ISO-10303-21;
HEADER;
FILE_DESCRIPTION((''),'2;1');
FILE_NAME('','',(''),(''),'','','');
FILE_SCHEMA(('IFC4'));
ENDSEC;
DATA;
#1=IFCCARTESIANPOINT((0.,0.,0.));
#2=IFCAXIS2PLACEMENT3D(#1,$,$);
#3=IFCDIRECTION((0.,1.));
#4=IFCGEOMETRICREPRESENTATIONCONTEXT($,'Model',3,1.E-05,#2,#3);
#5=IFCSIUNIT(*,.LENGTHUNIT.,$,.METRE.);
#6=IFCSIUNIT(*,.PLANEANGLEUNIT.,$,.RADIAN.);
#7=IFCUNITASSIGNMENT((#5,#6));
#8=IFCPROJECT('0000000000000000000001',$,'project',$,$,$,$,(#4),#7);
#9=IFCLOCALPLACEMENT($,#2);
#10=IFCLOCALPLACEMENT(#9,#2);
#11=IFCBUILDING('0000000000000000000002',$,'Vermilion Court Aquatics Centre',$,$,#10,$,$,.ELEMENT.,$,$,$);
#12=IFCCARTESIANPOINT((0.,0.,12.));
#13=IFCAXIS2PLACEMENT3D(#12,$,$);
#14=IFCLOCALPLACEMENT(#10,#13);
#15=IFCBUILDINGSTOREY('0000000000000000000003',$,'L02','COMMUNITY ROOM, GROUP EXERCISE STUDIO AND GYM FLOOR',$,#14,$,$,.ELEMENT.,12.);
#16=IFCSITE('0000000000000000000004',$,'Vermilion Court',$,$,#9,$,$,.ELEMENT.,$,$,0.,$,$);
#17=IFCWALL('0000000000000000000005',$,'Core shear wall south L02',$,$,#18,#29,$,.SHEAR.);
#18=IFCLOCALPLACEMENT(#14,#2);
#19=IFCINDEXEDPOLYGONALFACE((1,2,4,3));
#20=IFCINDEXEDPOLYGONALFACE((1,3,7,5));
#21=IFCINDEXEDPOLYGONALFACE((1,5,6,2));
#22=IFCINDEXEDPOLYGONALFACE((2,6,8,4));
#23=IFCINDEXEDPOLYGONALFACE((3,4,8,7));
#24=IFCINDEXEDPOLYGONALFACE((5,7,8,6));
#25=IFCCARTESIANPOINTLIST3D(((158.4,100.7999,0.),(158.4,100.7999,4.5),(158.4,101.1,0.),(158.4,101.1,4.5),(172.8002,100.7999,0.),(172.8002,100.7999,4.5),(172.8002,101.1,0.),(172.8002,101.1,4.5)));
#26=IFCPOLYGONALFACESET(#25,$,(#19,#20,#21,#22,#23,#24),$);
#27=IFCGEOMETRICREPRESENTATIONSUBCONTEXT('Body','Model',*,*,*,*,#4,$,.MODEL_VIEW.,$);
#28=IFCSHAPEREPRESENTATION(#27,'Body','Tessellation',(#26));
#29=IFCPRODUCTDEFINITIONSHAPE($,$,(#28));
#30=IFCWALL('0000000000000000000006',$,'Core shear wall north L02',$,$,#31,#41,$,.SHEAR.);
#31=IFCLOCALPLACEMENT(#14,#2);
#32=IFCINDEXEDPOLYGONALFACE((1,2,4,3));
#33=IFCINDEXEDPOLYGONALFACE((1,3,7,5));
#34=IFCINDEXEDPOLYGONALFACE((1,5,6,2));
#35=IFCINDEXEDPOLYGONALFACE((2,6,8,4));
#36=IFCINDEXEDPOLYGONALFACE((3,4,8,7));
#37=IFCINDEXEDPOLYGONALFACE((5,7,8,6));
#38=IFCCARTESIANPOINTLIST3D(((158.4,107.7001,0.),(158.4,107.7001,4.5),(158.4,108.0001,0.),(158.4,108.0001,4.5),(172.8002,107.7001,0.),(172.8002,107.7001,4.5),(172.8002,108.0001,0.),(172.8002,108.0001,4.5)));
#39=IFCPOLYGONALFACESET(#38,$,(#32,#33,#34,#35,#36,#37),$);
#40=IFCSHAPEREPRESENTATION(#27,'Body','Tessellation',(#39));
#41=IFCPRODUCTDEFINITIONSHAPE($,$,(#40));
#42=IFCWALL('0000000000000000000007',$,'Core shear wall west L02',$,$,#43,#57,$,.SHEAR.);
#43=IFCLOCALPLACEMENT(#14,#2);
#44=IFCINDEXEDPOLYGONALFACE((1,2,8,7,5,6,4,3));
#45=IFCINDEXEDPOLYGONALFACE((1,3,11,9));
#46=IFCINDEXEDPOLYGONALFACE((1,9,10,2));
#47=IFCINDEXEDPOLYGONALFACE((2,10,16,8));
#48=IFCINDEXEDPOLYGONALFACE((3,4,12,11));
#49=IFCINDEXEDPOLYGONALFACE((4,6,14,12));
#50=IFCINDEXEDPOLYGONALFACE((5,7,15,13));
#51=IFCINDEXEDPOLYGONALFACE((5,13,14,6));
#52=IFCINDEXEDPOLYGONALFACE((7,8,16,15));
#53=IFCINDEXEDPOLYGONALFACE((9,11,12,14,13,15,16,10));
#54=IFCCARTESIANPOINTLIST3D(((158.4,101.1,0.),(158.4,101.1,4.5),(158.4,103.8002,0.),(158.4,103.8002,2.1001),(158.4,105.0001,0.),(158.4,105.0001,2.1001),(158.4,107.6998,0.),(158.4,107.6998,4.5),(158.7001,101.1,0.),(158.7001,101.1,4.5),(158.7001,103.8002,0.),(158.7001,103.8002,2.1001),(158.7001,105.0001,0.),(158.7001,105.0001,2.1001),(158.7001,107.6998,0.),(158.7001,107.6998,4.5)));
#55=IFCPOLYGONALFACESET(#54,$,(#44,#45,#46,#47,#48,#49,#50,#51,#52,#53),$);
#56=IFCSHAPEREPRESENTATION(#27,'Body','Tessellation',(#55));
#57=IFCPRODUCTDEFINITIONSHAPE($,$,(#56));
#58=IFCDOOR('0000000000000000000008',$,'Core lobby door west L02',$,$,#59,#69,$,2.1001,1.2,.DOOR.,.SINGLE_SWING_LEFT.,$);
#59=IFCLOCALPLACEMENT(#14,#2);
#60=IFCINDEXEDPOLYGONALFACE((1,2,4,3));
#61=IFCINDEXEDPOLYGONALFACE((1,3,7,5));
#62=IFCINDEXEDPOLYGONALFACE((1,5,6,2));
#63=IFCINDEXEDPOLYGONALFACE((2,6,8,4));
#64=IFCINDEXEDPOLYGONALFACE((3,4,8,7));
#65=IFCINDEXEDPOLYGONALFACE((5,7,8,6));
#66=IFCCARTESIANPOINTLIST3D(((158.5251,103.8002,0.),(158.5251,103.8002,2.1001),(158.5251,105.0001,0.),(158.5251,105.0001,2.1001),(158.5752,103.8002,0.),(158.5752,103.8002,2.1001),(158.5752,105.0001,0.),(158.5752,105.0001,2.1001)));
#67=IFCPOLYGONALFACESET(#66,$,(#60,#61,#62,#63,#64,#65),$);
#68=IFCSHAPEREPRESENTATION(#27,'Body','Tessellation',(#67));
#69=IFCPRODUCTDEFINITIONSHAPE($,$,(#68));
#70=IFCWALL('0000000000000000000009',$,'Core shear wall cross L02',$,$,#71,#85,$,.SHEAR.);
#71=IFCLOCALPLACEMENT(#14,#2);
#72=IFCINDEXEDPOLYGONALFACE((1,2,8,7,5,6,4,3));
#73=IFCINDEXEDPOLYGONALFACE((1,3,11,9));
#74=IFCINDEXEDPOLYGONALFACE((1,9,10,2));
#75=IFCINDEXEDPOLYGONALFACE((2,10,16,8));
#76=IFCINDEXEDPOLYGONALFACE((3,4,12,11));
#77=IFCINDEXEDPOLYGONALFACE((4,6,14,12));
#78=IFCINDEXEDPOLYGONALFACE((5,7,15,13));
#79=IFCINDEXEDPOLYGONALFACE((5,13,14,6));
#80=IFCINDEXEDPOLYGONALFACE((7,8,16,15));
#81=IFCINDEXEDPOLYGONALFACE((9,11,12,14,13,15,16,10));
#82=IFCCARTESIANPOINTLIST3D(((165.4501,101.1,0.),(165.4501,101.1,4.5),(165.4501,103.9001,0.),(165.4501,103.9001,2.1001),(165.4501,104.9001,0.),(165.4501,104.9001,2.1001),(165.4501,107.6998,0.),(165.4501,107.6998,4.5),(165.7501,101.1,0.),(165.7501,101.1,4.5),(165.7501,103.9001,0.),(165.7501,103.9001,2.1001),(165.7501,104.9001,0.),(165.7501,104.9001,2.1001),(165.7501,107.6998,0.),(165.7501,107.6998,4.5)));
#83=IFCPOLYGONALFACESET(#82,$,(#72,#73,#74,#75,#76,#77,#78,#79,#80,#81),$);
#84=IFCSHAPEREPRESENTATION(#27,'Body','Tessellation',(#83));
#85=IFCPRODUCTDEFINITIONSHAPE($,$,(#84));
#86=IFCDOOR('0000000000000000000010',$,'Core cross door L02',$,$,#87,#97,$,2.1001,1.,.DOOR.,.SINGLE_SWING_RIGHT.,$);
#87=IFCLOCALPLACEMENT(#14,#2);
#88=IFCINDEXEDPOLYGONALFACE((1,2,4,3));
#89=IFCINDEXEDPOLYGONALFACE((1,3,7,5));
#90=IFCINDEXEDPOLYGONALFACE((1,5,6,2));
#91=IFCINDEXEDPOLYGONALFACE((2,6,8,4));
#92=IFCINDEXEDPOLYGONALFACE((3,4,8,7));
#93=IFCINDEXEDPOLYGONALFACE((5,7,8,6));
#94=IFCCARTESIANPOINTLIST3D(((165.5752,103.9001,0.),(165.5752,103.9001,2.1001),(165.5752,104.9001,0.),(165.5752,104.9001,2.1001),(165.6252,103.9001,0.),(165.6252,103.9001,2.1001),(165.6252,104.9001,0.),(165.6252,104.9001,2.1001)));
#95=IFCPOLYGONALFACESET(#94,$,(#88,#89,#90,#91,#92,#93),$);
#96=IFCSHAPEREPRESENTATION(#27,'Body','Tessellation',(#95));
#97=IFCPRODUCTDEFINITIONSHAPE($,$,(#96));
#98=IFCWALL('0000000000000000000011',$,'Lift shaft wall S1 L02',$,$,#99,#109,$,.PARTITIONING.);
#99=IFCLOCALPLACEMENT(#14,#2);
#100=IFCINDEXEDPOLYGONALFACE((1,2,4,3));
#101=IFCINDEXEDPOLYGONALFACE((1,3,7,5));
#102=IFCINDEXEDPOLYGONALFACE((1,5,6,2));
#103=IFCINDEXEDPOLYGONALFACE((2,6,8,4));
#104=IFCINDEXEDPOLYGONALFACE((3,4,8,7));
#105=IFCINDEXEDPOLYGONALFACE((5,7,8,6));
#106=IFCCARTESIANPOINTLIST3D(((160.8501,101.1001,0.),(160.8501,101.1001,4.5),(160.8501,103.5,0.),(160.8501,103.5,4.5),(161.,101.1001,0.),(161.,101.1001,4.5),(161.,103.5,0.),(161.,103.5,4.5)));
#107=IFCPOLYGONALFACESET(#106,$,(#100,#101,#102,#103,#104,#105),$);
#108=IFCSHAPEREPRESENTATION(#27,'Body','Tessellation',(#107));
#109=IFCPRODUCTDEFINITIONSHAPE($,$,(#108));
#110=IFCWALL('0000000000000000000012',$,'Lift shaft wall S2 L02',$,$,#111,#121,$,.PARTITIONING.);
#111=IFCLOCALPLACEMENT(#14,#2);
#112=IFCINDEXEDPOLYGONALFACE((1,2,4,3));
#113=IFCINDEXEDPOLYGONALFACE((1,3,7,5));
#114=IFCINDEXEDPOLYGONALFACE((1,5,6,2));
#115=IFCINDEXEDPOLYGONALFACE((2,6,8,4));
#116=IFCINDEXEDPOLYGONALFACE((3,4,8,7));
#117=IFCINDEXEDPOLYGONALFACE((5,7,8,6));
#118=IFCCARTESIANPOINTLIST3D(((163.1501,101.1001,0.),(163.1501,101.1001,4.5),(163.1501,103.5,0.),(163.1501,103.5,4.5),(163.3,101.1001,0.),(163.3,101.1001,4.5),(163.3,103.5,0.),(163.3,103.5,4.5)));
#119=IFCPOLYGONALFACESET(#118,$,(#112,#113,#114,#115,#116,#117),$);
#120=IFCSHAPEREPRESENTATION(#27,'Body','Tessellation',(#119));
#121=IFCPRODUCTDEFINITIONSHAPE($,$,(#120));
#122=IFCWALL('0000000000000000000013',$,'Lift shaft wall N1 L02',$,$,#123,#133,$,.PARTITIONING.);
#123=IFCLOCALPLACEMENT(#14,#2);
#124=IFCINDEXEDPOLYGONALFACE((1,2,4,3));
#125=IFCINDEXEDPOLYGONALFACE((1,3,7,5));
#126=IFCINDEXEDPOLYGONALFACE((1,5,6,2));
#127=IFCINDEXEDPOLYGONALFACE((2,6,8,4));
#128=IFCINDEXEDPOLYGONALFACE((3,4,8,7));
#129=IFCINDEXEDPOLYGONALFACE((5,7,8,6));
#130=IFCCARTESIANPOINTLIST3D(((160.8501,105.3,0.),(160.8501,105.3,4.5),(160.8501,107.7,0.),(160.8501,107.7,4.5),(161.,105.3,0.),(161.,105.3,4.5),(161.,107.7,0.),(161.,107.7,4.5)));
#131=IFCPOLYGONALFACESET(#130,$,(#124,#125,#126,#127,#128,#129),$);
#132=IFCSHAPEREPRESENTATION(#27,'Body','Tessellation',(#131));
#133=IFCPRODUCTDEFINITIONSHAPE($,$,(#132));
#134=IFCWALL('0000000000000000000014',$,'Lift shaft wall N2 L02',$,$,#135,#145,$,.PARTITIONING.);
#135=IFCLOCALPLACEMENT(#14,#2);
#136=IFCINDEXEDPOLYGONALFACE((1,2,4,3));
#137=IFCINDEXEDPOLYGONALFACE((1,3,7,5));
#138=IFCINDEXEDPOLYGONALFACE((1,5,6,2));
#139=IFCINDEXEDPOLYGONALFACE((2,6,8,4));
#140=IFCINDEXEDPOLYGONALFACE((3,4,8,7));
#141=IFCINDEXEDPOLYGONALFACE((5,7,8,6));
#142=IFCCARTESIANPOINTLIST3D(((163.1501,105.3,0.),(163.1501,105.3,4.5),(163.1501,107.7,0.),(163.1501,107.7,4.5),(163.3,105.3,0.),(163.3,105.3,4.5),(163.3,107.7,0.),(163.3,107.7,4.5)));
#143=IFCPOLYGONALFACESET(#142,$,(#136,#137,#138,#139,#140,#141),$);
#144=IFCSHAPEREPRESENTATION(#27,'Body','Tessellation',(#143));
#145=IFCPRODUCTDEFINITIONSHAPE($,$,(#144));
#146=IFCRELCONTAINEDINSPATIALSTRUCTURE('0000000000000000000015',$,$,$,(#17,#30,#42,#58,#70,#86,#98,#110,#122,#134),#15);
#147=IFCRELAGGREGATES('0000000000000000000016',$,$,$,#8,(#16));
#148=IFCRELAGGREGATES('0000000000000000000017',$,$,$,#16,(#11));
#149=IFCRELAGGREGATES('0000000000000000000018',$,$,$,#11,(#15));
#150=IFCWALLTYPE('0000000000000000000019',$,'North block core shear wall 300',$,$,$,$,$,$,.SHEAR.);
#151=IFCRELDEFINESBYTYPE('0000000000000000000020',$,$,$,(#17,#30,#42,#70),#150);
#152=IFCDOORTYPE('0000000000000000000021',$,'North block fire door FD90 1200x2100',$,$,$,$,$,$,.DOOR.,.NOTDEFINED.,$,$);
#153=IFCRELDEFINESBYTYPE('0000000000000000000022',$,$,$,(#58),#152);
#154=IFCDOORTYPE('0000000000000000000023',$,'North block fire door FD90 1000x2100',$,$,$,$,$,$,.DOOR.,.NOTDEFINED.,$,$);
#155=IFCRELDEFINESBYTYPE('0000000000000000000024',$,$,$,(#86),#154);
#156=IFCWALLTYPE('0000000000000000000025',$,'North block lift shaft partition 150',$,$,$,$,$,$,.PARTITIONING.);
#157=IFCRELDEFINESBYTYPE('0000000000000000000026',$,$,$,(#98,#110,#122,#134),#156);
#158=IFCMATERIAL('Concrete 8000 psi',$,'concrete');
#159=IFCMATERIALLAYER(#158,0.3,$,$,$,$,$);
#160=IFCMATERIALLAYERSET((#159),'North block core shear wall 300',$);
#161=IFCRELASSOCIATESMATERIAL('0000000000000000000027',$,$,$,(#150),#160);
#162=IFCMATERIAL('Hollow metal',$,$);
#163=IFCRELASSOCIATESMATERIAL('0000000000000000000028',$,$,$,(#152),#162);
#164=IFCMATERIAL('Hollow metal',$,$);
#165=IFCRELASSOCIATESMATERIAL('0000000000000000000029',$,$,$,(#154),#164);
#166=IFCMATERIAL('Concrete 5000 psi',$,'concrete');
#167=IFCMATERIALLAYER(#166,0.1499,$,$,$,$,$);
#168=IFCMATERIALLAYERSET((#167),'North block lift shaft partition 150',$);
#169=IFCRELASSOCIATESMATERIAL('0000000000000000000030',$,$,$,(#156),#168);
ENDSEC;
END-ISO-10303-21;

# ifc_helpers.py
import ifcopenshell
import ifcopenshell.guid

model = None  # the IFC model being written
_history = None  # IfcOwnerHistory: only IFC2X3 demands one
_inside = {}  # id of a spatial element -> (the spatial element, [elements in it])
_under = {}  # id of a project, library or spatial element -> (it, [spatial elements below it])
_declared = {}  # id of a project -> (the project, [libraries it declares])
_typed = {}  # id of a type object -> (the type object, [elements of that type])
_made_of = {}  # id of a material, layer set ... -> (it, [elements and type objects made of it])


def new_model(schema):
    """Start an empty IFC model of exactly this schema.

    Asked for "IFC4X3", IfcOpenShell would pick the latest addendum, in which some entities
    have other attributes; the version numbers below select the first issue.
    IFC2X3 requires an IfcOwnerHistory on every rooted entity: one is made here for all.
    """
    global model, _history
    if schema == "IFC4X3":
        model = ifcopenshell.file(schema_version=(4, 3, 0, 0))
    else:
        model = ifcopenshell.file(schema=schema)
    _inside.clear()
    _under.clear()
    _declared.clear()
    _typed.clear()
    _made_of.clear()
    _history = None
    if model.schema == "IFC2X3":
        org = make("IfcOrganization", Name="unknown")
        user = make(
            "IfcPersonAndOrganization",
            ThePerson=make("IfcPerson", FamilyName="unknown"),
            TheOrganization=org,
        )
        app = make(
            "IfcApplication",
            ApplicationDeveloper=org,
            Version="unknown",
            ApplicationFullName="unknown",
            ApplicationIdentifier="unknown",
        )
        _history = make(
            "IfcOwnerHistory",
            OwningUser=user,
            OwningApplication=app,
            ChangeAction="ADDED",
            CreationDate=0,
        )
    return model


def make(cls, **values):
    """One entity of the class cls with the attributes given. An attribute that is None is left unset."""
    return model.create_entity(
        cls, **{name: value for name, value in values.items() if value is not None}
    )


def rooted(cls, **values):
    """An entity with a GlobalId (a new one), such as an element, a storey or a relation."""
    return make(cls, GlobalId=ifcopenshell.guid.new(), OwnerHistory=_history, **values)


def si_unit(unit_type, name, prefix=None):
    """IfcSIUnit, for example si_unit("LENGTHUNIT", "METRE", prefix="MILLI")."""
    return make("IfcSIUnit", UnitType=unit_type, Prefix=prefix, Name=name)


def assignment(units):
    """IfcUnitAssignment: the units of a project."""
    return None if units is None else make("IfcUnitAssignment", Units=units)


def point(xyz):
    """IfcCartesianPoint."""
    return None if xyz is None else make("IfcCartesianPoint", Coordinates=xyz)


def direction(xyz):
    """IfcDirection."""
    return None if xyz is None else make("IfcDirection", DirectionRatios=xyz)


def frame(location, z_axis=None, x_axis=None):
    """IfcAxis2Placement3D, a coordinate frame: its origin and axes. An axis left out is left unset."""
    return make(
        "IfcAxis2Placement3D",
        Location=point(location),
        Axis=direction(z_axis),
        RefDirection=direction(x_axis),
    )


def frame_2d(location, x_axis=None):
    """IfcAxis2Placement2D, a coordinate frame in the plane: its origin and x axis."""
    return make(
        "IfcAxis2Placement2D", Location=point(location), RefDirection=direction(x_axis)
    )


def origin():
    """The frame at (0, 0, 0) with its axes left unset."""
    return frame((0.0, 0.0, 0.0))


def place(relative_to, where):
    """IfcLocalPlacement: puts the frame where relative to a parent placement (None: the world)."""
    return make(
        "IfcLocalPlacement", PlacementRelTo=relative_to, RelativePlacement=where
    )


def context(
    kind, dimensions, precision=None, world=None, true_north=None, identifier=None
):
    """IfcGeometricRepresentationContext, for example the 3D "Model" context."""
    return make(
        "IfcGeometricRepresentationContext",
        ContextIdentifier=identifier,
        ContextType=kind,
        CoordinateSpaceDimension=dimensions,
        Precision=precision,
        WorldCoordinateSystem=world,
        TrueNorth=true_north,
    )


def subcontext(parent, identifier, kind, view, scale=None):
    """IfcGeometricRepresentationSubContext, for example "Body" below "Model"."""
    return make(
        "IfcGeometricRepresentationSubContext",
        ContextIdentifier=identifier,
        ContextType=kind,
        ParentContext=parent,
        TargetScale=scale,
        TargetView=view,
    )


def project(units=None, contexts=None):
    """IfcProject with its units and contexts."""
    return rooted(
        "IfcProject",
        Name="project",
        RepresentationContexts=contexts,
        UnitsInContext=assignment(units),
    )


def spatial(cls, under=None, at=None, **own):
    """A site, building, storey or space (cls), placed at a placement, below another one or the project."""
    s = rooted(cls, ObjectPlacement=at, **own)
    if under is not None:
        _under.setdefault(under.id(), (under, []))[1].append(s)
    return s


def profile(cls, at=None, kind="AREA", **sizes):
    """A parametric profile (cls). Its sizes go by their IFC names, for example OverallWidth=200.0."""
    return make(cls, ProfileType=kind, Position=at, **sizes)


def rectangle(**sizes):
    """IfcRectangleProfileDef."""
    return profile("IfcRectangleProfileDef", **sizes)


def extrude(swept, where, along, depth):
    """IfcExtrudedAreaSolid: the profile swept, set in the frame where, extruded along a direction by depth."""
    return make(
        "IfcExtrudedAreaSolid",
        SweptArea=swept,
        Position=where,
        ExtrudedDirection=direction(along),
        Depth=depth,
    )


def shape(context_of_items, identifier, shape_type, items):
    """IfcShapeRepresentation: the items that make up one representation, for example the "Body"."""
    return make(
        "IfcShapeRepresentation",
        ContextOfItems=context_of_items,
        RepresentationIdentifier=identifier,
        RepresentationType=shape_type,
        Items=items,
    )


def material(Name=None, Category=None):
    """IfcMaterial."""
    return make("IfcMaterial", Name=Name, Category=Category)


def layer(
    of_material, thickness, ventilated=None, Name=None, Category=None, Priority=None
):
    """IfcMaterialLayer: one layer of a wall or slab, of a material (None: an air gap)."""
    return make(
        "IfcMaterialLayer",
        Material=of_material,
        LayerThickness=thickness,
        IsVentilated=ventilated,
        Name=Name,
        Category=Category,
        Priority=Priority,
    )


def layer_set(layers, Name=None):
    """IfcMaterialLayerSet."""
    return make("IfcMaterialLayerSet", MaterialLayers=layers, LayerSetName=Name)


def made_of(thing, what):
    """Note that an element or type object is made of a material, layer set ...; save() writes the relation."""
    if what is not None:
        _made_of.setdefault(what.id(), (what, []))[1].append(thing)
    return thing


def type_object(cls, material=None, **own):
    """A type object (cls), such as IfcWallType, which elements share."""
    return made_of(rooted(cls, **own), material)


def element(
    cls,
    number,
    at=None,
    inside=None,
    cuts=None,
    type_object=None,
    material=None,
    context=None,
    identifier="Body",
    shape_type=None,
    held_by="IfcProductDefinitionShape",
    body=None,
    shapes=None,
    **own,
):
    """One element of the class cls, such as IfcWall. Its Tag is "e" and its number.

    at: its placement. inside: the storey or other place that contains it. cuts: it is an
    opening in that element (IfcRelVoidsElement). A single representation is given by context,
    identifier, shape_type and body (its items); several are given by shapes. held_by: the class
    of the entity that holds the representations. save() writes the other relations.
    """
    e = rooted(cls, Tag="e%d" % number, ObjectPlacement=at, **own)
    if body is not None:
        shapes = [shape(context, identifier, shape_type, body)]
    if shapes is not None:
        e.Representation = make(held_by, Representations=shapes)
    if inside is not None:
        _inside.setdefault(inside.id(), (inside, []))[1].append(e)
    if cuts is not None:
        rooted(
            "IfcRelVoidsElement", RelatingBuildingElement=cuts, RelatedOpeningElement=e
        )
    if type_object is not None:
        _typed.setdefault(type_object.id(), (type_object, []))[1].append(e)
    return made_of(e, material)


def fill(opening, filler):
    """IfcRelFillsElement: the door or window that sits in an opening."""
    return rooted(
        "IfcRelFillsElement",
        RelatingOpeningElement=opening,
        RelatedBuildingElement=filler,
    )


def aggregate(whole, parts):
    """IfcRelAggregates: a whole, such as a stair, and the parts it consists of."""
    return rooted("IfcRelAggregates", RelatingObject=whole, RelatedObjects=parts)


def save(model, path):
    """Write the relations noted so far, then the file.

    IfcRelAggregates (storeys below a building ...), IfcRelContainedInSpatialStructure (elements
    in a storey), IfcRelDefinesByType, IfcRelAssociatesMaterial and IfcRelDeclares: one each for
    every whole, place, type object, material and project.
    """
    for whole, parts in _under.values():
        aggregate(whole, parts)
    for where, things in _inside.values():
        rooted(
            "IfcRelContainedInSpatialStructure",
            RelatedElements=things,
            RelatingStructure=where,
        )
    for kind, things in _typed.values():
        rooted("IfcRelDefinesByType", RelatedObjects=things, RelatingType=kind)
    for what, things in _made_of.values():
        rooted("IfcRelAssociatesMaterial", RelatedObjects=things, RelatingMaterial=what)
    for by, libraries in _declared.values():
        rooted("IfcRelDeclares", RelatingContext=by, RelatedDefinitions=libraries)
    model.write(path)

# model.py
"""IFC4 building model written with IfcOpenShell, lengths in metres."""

from ifc_helpers import new_model, si_unit, direction, frame, frame_2d, origin, place, context, subcontext, project, spatial, rectangle, extrude, material, layer, layer_set, type_object, element, fill, save


model = new_model("IFC4")

# Units and contexts
model_context = context("Model", 3, precision=1e-05, world=origin(), true_north=direction((0.0, 1.0)))
body_context = subcontext(model_context, "Body", "Model", "MODEL_VIEW")
ifc_project = project(units=[si_unit("LENGTHUNIT", "METRE"), si_unit("PLANEANGLEUNIT", "RADIAN")], contexts=[model_context])

# Site, building, storey
site_placement = place(None, origin())
site = spatial("IfcSite", under=ifc_project, at=site_placement, Name="Vermilion Court", CompositionType="ELEMENT", RefElevation=0.0)
building_placement = place(site_placement, origin())
building = spatial("IfcBuilding", under=site, at=building_placement, Name="Vermilion Court Aquatics Centre", CompositionType="ELEMENT")
storey_placement = place(building_placement, frame((0.0, 0.0, 12.0)))
storey = spatial("IfcBuildingStorey", under=building, at=storey_placement, Name="L02", Description="COMMUNITY ROOM, GROUP EXERCISE STUDIO AND GYM FLOOR", CompositionType="ELEMENT", Elevation=12.0)

# Walls
ifc_material_1 = material(Name="Concrete 8000 psi", Category="concrete")
ifc_layer_1 = layer(ifc_material_1, 0.3)
ifc_layer_set_1 = layer_set([ifc_layer_1], Name="North block core shear wall 300")
wall_type_1 = type_object("IfcWallType", Name="North block core shear wall 300", PredefinedType="SHEAR", material=ifc_layer_set_1)
for number, where, z_axis, x_axis, name in (
    (1, (158.3999, 100.95, 0.0), (0.0, 0.0, 1.0), (1.0, 0.0, 0.0), "Core shear wall south L02"),
    (2, (158.3999, 107.8501, 0.0), (0.0, 0.0, 1.0), (1.0, 0.0, 0.0), "Core shear wall north L02"),
):
    element("IfcWall", number, at=place(storey_placement, frame(where, z_axis=z_axis, x_axis=x_axis)), inside=storey, type_object=wall_type_1, Name=name, PredefinedType="SHEAR", context=body_context, shape_type="SweptSolid", body=[
        extrude(rectangle(XDim=14.4001, YDim=0.3, at=frame_2d((7.2002, 0.0))), origin(), (0.0, 0.0, 1.0), 4.5),
    ])

# Walls, openings, doors
wall_1_placement = place(storey_placement, frame((158.55, 101.1001, 0.0), z_axis=(0.0, 0.0, 1.0), x_axis=(0.0, 1.0, 0.0)))
wall_1 = element("IfcWall", 3, at=wall_1_placement, inside=storey, type_object=wall_type_1, Name="Core shear wall west L02", PredefinedType="SHEAR", context=body_context, shape_type="SweptSolid", body=[
    extrude(rectangle(XDim=6.5999, YDim=0.3, at=frame_2d((3.2998, 0.0))), origin(), (0.0, 0.0, 1.0), 4.5),
])
opening_1_placement = place(wall_1_placement, frame((2.7, 0.0, 0.0)))
opening_1 = element("IfcOpeningElement", 4, at=opening_1_placement, cuts=wall_1, PredefinedType="OPENING", context=body_context, shape_type="SweptSolid", body=[
    extrude(rectangle(XDim=1.2, YDim=2.1001, at=frame_2d((0.6001, 1.05))), frame((0.0, 0.1599, 0.0), z_axis=(0.0, -1.0, 0.0), x_axis=(1.0, 0.0, 0.0)), (0.0, 0.0, 1.0), 0.3201),
])
ifc_material_2 = material(Name="Hollow metal")
door_type_1 = type_object("IfcDoorType", Name="North block fire door FD90 1200x2100", OperationType="NOTDEFINED", PredefinedType="DOOR", material=ifc_material_2)
door_1_placement = place(opening_1_placement, origin())
door_1 = element("IfcDoor", 5, at=door_1_placement, inside=storey, type_object=door_type_1, Name="Core lobby door west L02", OperationType="SINGLE_SWING_LEFT", OverallHeight=2.1001, OverallWidth=1.2, PredefinedType="DOOR", context=body_context, shape_type="SweptSolid", body=[
    extrude(rectangle(XDim=1.2, YDim=2.1001, at=frame_2d((0.6001, 1.05))), frame((0.0, 0.0249, 0.0), z_axis=(0.0, -1.0, 0.0), x_axis=(1.0, 0.0, 0.0)), (0.0, 0.0, 1.0), 0.05),
])
fill(opening_1, door_1)
wall_2_placement = place(storey_placement, frame((165.6001, 101.1001, 0.0), z_axis=(0.0, 0.0, 1.0), x_axis=(0.0, 1.0, 0.0)))
wall_2 = element("IfcWall", 6, at=wall_2_placement, inside=storey, type_object=wall_type_1, Name="Core shear wall cross L02", PredefinedType="SHEAR", context=body_context, shape_type="SweptSolid", body=[
    extrude(rectangle(XDim=6.5999, YDim=0.3, at=frame_2d((3.2998, 0.0))), origin(), (0.0, 0.0, 1.0), 4.5),
])
opening_2_placement = place(wall_2_placement, frame((2.8, 0.0, 0.0)))
opening_2 = element("IfcOpeningElement", 7, at=opening_2_placement, cuts=wall_2, PredefinedType="OPENING", context=body_context, shape_type="SweptSolid", body=[
    extrude(rectangle(XDim=1.0, YDim=2.1001, at=frame_2d((0.5, 1.05))), frame((0.0, 0.1599, 0.0), z_axis=(0.0, -1.0, 0.0), x_axis=(1.0, 0.0, 0.0)), (0.0, 0.0, 1.0), 0.3201),
])
ifc_material_3 = material(Name="Hollow metal")
door_type_2 = type_object("IfcDoorType", Name="North block fire door FD90 1000x2100", OperationType="NOTDEFINED", PredefinedType="DOOR", material=ifc_material_3)
door_2_placement = place(opening_2_placement, frame((1.0, 0.0, 0.0), z_axis=(0.0, 0.0, 1.0), x_axis=(-1.0, 0.0, 0.0)))
door_2 = element("IfcDoor", 8, at=door_2_placement, inside=storey, type_object=door_type_2, Name="Core cross door L02", OperationType="SINGLE_SWING_RIGHT", OverallHeight=2.1001, OverallWidth=1.0, PredefinedType="DOOR", context=body_context, shape_type="SweptSolid", body=[
    extrude(rectangle(XDim=1.0, YDim=2.1001, at=frame_2d((0.5, 1.05))), frame((0.0, 0.0251, 0.0), z_axis=(0.0, -1.0, 0.0), x_axis=(1.0, 0.0, 0.0)), (0.0, 0.0, 1.0), 0.05),
])
fill(opening_2, door_2)

# Walls
ifc_material_4 = material(Name="Concrete 5000 psi", Category="concrete")
ifc_layer_2 = layer(ifc_material_4, 0.1499)
ifc_layer_set_2 = layer_set([ifc_layer_2], Name="North block lift shaft partition 150")
wall_type_2 = type_object("IfcWallType", Name="North block lift shaft partition 150", PredefinedType="PARTITIONING", material=ifc_layer_set_2)
for number, where, z_axis, x_axis, name in (
    (9, (160.925, 101.1001, 0.0), (0.0, 0.0, 1.0), (0.0, 1.0, 0.0), "Lift shaft wall S1 L02"),
    (10, (163.2251, 101.1001, 0.0), (0.0, 0.0, 1.0), (0.0, 1.0, 0.0), "Lift shaft wall S2 L02"),
    (11, (160.925, 105.3, 0.0), (0.0, 0.0, 1.0), (0.0, 1.0, 0.0), "Lift shaft wall N1 L02"),
    (12, (163.2251, 105.3, 0.0), (0.0, 0.0, 1.0), (0.0, 1.0, 0.0), "Lift shaft wall N2 L02"),
):
    element("IfcWall", number, at=place(storey_placement, frame(where, z_axis=z_axis, x_axis=x_axis)), inside=storey, type_object=wall_type_2, Name=name, PredefinedType="PARTITIONING", context=body_context, shape_type="SweptSolid", body=[
        extrude(rectangle(XDim=2.3999, YDim=0.1499, at=frame_2d((1.2, 0.0))), origin(), (0.0, 0.0, 1.0), 4.5),
    ])

save(model, "model.ifc")
